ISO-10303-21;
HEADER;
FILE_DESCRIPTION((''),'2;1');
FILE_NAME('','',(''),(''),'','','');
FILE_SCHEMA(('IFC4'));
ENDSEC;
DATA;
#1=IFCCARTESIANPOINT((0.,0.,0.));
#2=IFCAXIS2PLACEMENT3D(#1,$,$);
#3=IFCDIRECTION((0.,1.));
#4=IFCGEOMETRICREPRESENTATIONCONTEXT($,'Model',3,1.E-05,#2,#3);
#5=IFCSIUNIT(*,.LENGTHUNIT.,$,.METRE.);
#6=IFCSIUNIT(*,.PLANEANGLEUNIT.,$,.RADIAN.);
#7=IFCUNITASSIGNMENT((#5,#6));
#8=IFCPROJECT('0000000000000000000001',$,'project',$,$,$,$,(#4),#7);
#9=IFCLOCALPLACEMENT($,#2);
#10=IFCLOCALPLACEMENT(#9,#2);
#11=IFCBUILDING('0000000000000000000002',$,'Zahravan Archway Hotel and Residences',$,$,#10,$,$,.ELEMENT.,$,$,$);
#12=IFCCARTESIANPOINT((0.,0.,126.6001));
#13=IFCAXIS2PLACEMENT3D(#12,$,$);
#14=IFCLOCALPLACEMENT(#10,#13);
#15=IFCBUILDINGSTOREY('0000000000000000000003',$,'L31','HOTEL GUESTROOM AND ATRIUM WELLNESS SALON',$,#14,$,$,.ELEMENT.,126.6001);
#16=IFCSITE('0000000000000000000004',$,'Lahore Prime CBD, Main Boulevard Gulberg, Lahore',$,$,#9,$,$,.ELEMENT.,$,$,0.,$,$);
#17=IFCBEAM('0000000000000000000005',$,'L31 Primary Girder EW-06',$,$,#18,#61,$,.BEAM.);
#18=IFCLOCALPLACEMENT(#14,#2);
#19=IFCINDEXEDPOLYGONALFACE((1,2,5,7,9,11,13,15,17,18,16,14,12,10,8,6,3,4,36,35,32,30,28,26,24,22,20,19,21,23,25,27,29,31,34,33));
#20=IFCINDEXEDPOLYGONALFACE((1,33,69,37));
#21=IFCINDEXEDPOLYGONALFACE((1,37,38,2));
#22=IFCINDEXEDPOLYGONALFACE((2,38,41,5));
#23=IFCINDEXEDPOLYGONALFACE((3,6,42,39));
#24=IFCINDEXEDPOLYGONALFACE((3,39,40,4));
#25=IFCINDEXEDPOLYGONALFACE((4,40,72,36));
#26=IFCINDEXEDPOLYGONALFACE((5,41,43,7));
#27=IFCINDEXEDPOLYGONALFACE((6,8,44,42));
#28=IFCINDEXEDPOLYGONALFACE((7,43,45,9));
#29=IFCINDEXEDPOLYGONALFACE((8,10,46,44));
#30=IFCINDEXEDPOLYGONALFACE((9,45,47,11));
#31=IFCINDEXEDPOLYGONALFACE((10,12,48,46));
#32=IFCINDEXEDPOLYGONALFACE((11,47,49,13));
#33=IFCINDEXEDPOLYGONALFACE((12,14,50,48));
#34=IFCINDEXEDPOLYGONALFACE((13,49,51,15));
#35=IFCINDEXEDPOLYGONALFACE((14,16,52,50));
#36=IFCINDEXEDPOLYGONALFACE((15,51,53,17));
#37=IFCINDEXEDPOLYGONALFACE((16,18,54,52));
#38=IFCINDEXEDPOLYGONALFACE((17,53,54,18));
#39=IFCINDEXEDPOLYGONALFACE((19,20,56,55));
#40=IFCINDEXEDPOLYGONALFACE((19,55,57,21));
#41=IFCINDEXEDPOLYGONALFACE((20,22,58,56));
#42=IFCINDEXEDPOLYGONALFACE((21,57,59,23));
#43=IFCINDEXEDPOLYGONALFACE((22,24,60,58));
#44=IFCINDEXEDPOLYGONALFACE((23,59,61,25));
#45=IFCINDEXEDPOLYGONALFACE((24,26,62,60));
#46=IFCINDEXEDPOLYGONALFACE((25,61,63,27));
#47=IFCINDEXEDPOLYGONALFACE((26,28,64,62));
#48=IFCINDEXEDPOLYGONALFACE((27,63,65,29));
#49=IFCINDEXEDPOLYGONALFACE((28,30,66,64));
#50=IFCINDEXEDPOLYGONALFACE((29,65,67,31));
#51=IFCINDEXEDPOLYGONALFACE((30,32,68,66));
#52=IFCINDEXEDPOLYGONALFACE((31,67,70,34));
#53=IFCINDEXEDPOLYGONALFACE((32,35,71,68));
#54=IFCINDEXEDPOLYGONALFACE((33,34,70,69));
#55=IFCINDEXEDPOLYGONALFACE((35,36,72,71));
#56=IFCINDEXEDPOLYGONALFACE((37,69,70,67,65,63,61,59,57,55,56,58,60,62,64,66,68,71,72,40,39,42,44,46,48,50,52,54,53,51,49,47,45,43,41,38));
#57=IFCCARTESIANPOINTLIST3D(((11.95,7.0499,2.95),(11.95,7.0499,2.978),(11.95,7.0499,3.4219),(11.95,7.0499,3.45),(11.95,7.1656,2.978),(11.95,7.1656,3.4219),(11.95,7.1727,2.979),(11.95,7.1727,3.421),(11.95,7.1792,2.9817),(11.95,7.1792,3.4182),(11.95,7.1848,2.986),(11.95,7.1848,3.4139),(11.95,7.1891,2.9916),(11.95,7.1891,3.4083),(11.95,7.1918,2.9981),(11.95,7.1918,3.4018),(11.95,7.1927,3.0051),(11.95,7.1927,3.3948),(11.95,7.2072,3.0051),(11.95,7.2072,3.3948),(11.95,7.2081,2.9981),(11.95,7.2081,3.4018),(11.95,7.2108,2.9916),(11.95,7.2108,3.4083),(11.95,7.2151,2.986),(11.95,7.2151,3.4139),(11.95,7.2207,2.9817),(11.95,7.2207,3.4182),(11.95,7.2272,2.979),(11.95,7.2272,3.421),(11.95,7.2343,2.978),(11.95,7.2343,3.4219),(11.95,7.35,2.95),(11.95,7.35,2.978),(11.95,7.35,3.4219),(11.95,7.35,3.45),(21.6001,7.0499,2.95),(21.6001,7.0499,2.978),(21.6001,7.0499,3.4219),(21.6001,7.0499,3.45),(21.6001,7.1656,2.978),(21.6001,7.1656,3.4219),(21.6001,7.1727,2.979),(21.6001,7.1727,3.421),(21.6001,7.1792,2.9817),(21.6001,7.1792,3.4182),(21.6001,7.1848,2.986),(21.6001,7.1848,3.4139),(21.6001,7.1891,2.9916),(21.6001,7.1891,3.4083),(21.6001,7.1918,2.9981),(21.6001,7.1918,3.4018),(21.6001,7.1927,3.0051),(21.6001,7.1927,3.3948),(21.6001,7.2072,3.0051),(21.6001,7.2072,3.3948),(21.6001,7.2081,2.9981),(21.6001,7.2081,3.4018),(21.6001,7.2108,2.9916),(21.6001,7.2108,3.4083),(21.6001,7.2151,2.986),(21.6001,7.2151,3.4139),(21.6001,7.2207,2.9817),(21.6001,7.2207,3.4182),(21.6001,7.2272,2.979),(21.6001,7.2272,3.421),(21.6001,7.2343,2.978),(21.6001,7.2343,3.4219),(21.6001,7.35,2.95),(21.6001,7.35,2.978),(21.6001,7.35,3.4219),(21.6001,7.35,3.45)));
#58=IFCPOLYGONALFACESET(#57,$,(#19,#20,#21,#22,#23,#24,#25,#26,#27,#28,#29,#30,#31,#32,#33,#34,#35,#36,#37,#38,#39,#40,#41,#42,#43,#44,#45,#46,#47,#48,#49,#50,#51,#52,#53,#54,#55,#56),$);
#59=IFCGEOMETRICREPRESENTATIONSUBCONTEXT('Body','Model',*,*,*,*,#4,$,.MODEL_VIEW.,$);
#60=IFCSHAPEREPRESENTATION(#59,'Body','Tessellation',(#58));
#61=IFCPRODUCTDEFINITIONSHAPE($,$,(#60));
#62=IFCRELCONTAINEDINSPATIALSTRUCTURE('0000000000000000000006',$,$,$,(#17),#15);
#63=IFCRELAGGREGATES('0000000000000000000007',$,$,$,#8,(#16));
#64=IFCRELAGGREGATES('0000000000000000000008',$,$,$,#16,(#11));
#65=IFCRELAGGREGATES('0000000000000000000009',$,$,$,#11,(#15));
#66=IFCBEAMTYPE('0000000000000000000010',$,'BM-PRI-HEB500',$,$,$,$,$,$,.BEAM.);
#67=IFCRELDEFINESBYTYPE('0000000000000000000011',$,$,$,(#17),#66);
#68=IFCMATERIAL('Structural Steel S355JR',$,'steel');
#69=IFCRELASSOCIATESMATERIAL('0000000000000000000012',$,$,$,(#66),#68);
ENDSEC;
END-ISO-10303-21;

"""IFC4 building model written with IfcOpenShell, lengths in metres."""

from ifc_helpers import new_model, si_unit, direction, frame, origin, origin_2d, place, context, subcontext, project, spatial, i_section, extrude, source, transform, mapped, material, material_profile, profile_set, type_object, element, save


model = new_model("IFC4")

# Units and contexts
model_context = context("Model", 3, precision=1e-05, world=origin(), true_north=direction((0.0, 1.0)))
body_context = subcontext(model_context, "Body", "Model", "MODEL_VIEW")
ifc_project = project(units=[si_unit("LENGTHUNIT", "METRE"), si_unit("PLANEANGLEUNIT", "RADIAN")], contexts=[model_context])

# Site, building, storey
site_placement = place(None, origin())
site = spatial("IfcSite", under=ifc_project, at=site_placement, Name="Lahore Prime CBD, Main Boulevard Gulberg, Lahore", CompositionType="ELEMENT", RefElevation=0.0)
building_placement = place(site_placement, origin())
building = spatial("IfcBuilding", under=site, at=building_placement, Name="Zahravan Archway Hotel and Residences", CompositionType="ELEMENT")
storey_placement = place(building_placement, frame((0.0, 0.0, 126.6001)))
storey = spatial("IfcBuildingStorey", under=building, at=storey_placement, Name="L31", Description="HOTEL GUESTROOM AND ATRIUM WELLNESS SALON", CompositionType="ELEMENT", Elevation=126.6001)

# Beam
ifc_material_1 = material(Name="Structural Steel S355JR", Category="steel")
ifc_material_profile = material_profile(ifc_material_1, i_section(OverallWidth=0.3, OverallDepth=0.5, WebThickness=0.0144, FlangeThickness=0.0281, FilletRadius=0.0271, at=origin_2d()), Name="HEB 500", Category="steel")
ifc_profile_set = profile_set([ifc_material_profile], Name="Structural Steel S355JR")
beam_type = type_object("IfcBeamType", Name="BM-PRI-HEB500", PredefinedType="BEAM", material=ifc_profile_set)
shared_shape_1 = source(origin(), body_context, "Body", "SweptSolid", [
    extrude(i_section(OverallWidth=0.3, OverallDepth=0.5, WebThickness=0.0144, FlangeThickness=0.0281, FilletRadius=0.0271, at=origin_2d()), origin(), (0.0, 0.0, 1.0), 9.6501),
])
beam_placement = place(storey_placement, frame((11.95, 7.2, 3.2), z_axis=(1.0, 0.0, 0.0), x_axis=(0.0, 1.0, 0.0)))
element("IfcBeam", 1, at=beam_placement, inside=storey, type_object=beam_type, Name="L31 Primary Girder EW-06", PredefinedType="BEAM", context=body_context, shape_type="MappedRepresentation", body=[
    mapped(shared_shape_1, transform((0.0, 0.0, 0.0), scale=1.0)),
])

save(model, "model.ifc")
